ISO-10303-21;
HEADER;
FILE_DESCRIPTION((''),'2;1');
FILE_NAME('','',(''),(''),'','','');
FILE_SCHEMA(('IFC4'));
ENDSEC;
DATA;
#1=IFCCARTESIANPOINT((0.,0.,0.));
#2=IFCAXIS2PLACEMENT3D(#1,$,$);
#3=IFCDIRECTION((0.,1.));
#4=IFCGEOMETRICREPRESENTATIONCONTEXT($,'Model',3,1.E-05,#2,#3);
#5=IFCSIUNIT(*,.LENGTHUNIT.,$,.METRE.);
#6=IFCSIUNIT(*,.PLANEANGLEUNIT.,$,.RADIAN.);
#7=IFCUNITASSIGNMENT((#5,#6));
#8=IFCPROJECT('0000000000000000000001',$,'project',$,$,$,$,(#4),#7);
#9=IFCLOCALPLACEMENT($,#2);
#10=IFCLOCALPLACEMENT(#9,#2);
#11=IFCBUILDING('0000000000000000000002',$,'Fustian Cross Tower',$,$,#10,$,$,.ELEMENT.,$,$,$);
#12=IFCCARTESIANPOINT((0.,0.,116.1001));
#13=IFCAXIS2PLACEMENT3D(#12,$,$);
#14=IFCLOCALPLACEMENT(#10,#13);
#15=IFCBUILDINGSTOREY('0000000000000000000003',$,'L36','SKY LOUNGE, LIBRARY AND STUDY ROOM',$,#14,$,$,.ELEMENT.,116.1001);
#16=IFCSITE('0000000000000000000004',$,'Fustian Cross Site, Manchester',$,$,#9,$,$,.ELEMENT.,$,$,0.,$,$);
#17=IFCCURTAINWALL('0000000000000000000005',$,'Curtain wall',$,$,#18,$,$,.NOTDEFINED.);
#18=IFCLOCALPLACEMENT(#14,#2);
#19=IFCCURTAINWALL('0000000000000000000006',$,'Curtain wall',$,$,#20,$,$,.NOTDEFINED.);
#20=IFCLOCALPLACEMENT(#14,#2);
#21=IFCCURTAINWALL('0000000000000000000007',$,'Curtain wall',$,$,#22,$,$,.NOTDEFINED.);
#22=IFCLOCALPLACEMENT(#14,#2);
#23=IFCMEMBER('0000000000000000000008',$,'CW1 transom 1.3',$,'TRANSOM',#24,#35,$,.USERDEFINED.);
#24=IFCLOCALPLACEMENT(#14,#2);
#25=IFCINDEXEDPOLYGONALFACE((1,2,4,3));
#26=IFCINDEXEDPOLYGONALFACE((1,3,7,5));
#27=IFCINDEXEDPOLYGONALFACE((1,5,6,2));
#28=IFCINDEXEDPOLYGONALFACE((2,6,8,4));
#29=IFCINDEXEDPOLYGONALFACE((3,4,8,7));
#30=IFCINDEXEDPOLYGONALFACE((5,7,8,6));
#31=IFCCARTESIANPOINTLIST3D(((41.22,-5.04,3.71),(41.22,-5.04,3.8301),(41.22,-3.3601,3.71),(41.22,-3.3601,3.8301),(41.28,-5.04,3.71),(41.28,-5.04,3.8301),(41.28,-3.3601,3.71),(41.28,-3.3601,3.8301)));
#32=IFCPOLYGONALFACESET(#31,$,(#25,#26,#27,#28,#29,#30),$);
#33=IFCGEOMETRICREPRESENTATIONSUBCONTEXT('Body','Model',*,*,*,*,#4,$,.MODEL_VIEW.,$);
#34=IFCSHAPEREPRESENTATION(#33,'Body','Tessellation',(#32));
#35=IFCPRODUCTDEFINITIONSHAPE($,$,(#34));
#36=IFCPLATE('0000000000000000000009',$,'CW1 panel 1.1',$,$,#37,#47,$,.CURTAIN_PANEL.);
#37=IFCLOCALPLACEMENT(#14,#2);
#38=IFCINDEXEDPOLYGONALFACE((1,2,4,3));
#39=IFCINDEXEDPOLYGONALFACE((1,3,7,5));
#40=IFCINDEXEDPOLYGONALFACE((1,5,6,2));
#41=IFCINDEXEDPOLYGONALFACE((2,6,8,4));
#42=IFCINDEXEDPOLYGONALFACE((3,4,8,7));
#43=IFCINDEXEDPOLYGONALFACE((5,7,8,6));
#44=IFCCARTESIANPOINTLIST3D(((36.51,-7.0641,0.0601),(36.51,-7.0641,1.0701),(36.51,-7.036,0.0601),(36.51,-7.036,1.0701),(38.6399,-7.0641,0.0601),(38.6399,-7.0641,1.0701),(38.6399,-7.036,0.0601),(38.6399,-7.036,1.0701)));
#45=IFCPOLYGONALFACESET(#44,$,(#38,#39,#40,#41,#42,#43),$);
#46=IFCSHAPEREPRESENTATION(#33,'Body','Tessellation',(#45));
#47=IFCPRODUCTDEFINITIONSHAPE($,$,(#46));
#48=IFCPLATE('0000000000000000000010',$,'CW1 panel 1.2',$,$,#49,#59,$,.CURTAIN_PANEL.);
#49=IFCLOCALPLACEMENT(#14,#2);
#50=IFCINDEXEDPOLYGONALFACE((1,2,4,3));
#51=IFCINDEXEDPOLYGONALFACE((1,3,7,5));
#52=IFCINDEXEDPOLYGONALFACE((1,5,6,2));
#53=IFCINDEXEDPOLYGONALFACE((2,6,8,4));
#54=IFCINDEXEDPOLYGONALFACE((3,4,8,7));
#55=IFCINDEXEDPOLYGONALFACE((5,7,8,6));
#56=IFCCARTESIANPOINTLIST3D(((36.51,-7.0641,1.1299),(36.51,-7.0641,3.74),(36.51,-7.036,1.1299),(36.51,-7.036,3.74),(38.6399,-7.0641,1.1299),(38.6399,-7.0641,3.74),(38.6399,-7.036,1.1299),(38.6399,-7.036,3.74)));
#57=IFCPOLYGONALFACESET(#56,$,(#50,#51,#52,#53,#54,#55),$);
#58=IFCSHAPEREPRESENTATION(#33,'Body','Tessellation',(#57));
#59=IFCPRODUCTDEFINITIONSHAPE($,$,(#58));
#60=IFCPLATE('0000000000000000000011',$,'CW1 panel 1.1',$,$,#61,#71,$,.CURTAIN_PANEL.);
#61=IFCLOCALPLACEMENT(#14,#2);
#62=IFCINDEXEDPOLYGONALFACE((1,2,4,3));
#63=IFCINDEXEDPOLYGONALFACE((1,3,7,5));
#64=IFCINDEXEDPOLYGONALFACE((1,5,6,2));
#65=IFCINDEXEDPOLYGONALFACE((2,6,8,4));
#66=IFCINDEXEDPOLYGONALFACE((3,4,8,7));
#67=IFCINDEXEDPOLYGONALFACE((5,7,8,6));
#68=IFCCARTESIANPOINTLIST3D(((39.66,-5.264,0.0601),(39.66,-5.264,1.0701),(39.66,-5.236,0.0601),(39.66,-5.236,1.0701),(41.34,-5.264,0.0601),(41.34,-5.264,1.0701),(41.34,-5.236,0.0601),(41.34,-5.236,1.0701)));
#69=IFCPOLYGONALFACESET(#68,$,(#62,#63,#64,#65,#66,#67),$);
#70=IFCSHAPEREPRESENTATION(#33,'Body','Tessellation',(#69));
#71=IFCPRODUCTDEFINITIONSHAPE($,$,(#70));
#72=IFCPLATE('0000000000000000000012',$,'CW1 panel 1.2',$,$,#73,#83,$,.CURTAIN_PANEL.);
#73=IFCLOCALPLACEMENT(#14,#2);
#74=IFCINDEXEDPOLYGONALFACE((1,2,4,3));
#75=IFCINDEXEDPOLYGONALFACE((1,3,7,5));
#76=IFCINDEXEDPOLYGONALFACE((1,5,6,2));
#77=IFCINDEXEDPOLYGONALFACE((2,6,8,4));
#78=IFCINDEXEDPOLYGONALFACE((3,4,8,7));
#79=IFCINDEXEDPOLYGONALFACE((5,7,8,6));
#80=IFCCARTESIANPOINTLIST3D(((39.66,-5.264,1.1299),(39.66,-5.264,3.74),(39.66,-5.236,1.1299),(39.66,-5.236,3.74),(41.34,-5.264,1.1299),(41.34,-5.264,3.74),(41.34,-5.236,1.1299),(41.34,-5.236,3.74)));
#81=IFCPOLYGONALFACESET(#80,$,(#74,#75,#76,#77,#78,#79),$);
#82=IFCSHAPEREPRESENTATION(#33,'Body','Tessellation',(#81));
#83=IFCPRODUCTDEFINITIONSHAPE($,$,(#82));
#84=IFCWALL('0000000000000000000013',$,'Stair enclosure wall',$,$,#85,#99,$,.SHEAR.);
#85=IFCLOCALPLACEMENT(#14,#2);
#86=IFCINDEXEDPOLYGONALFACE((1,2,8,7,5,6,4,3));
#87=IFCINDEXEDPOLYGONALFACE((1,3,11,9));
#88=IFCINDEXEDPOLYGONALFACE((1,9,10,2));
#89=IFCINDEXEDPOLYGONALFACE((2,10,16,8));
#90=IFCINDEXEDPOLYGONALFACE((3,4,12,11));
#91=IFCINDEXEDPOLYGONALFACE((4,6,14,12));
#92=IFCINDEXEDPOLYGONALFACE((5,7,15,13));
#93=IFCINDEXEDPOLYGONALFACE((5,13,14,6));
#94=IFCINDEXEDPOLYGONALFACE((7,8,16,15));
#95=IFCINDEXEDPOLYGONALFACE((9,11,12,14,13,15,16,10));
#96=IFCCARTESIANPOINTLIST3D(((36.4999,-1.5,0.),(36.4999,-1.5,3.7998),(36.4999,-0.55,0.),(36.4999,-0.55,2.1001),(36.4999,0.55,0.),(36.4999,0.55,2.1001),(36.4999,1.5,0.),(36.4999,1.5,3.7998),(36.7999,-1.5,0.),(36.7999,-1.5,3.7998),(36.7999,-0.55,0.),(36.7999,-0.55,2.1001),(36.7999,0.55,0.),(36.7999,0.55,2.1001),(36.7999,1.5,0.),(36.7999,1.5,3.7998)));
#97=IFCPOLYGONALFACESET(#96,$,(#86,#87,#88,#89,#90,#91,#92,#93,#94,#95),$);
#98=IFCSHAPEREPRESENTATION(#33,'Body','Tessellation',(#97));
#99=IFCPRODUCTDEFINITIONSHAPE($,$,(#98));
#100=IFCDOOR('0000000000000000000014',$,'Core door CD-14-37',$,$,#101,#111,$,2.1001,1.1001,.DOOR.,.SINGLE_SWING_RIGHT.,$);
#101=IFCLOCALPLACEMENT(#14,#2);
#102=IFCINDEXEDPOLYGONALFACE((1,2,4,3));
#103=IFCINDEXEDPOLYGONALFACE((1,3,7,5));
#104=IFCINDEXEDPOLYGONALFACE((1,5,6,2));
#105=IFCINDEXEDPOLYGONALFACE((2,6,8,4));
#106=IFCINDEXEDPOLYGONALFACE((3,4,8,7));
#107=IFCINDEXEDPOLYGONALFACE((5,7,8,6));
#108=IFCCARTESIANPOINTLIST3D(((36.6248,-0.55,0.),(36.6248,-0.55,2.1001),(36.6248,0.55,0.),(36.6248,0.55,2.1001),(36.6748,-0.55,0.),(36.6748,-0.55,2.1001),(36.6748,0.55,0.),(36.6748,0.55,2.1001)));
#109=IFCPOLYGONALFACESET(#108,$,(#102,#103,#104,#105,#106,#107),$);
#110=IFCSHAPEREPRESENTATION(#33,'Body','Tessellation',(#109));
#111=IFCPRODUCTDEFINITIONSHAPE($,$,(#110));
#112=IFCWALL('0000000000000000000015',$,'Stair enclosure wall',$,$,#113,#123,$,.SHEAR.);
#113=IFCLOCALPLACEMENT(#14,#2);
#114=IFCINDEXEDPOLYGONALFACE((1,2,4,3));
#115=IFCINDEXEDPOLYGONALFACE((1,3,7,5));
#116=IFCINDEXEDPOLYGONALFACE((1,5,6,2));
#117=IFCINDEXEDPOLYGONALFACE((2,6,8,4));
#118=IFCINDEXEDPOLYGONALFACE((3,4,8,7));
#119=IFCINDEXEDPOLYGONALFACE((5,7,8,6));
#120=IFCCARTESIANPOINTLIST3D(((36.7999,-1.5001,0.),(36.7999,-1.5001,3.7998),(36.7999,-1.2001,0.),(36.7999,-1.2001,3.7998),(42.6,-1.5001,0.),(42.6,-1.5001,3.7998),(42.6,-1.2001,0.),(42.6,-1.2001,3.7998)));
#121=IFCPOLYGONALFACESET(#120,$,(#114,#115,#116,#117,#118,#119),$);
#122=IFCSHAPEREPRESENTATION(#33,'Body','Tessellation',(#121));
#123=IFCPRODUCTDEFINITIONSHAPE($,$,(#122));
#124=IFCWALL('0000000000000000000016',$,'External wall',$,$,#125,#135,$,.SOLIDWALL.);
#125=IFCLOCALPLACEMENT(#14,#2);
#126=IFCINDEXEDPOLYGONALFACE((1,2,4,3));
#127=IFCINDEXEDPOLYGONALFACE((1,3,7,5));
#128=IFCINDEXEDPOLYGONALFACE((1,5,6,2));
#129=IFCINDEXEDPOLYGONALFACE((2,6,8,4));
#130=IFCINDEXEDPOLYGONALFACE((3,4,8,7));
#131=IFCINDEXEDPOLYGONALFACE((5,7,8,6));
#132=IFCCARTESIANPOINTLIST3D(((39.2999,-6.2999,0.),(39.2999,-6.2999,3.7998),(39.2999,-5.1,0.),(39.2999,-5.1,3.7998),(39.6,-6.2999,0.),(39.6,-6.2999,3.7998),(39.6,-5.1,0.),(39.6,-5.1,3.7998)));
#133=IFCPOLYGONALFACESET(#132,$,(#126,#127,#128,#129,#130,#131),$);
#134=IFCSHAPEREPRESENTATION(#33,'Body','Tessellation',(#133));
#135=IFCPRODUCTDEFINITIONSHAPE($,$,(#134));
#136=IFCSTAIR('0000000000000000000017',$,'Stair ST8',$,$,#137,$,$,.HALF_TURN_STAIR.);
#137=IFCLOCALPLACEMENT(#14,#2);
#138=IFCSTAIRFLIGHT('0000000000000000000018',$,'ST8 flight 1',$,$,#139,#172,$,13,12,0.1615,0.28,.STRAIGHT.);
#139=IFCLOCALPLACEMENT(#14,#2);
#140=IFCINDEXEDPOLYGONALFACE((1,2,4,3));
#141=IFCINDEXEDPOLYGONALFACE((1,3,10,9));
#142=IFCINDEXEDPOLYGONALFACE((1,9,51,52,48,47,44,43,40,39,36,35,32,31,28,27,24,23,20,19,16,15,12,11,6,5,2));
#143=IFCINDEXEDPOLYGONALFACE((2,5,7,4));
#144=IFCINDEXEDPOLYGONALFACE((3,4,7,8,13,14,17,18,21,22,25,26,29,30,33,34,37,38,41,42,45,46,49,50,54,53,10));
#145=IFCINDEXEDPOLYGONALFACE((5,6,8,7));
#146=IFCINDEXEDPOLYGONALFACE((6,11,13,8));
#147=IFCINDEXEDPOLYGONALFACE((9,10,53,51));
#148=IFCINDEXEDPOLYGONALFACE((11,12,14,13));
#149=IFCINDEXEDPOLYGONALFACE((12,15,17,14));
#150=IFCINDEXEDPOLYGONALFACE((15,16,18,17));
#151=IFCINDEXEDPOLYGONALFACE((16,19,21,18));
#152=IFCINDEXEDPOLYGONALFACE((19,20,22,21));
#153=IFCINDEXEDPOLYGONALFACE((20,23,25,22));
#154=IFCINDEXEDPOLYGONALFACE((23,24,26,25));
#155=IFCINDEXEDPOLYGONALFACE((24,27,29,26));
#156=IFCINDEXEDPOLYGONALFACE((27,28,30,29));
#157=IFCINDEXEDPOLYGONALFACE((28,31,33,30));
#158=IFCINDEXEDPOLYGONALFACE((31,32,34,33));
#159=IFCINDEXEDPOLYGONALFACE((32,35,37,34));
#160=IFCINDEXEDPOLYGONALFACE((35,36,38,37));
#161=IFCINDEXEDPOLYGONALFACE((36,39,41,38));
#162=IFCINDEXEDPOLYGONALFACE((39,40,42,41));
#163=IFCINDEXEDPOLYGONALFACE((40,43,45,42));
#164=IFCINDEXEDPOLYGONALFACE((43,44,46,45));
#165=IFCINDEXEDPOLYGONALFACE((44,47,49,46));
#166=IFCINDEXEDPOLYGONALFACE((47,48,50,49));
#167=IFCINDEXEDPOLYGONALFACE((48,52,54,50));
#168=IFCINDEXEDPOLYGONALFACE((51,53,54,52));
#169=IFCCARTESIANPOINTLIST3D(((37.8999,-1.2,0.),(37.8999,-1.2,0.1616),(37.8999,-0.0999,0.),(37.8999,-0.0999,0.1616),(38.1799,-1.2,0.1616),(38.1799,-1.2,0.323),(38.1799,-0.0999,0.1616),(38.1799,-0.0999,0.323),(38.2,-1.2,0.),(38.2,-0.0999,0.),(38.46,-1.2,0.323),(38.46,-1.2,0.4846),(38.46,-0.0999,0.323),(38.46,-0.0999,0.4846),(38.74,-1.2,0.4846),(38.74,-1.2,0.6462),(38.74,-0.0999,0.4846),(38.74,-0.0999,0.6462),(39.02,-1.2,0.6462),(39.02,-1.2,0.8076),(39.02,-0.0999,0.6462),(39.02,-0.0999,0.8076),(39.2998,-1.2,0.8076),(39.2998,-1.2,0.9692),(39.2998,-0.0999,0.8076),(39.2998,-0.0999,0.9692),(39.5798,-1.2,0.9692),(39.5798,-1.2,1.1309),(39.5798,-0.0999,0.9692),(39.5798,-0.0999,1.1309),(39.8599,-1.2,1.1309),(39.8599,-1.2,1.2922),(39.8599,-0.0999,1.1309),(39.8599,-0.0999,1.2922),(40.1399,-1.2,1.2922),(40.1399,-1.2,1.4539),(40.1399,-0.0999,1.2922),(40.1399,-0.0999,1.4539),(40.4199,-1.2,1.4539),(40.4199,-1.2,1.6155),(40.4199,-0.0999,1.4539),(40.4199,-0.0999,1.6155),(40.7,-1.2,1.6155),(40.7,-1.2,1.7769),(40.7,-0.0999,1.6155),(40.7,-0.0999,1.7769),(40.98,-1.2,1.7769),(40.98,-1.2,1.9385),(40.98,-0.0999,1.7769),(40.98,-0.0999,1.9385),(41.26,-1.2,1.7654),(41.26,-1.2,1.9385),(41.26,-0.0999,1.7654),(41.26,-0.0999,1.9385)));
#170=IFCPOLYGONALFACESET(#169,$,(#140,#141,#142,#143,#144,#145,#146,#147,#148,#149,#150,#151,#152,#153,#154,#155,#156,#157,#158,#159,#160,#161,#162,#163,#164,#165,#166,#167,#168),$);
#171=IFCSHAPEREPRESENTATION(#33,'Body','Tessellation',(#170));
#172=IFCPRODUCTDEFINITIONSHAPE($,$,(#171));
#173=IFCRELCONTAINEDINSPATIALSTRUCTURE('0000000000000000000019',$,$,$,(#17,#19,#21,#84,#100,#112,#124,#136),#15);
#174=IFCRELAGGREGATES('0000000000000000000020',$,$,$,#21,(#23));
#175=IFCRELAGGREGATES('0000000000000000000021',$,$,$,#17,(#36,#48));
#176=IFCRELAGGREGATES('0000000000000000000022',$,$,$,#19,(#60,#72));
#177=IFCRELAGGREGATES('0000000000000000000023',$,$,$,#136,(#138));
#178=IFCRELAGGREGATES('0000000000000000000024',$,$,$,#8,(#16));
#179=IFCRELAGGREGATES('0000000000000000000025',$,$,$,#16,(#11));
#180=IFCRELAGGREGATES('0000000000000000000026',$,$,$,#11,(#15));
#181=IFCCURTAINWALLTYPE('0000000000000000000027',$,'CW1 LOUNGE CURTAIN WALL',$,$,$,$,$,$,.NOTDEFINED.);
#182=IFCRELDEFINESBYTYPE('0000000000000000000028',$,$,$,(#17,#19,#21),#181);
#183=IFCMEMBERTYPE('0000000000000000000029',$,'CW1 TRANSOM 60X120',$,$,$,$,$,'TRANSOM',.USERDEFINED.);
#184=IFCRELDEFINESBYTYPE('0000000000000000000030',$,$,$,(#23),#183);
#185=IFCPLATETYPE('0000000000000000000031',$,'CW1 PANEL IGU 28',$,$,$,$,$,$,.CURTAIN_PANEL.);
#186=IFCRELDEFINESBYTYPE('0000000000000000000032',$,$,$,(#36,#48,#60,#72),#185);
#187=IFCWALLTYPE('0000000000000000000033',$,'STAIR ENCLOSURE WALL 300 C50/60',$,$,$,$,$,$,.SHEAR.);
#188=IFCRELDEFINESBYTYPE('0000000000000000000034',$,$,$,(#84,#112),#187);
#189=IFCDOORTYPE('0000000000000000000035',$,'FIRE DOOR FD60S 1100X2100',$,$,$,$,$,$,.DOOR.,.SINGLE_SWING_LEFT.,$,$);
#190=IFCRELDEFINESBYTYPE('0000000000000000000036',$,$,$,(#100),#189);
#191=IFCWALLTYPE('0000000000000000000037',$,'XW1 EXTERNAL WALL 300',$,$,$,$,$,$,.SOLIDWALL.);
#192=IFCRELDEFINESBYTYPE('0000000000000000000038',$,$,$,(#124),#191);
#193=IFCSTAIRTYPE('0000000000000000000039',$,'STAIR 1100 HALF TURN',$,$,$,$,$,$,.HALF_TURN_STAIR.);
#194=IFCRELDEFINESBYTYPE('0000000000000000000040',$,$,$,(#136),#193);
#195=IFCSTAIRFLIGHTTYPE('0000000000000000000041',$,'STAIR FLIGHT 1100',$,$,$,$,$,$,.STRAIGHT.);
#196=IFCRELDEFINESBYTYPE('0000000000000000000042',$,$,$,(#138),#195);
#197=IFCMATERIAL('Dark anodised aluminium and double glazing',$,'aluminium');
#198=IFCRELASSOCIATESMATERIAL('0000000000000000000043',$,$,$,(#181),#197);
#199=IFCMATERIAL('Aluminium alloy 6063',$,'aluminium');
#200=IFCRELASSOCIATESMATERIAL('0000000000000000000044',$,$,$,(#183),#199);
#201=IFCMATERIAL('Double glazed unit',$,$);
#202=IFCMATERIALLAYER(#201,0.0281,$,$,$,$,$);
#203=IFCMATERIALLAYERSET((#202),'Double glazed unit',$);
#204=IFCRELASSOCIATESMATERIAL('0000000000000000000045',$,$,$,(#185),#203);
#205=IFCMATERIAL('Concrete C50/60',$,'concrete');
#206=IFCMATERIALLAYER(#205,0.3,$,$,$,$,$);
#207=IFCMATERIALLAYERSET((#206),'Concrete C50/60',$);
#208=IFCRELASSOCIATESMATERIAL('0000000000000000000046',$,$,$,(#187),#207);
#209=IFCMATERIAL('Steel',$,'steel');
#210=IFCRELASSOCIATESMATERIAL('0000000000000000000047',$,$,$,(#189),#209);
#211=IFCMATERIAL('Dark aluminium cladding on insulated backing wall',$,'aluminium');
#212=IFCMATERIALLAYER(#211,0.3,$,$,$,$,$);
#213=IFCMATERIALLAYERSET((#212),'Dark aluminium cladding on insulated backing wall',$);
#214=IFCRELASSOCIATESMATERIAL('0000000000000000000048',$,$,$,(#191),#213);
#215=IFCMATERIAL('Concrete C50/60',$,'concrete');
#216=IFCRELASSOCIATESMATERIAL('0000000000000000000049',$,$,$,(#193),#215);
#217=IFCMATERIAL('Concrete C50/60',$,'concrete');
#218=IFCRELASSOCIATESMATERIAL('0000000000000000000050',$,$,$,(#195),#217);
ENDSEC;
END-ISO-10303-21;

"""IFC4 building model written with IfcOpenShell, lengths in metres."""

from ifc_helpers import new_model, si_unit, direction, frame, frame_2d, origin, origin_2d, place, context, subcontext, project, spatial, polyline, rectangle, outline, extrude, material, layer, layer_set, material_profile, profile_set, type_object, element, fill, aggregate, save


model = new_model("IFC4")

# Units and contexts
model_context = context("Model", 3, precision=1e-05, world=origin(), true_north=direction((0.0, 1.0)))
body_context = subcontext(model_context, "Body", "Model", "MODEL_VIEW")
ifc_project = project(units=[si_unit("LENGTHUNIT", "METRE"), si_unit("PLANEANGLEUNIT", "RADIAN")], contexts=[model_context])

# Site, building, storey
site_placement = place(None, origin())
site = spatial("IfcSite", under=ifc_project, at=site_placement, Name="Fustian Cross Site, Manchester", CompositionType="ELEMENT", RefElevation=0.0)
building_placement = place(site_placement, origin())
building = spatial("IfcBuilding", under=site, at=building_placement, Name="Fustian Cross Tower", CompositionType="ELEMENT")
storey_placement = place(building_placement, frame((0.0, 0.0, 116.1001)))
storey = spatial("IfcBuildingStorey", under=building, at=storey_placement, Name="L36", Description="SKY LOUNGE, LIBRARY AND STUDY ROOM", CompositionType="ELEMENT", Elevation=116.1001)

# Curtain wall
ifc_material_1 = material(Name="Dark anodised aluminium and double glazing", Category="aluminium")
curtain_wall_type = type_object("IfcCurtainWallType", Name="CW1 LOUNGE CURTAIN WALL", PredefinedType="NOTDEFINED", material=ifc_material_1)
curtain_wall_1_placement = place(storey_placement, origin())
curtain_wall_1 = element("IfcCurtainWall", 1, at=curtain_wall_1_placement, inside=storey, type_object=curtain_wall_type, Name="Curtain wall", PredefinedType="NOTDEFINED")

# Curtain walls
curtain_wall_2_placement = place(storey_placement, origin())
curtain_wall_2 = element("IfcCurtainWall", 2, at=curtain_wall_2_placement, inside=storey, type_object=curtain_wall_type, Name="Curtain wall", PredefinedType="NOTDEFINED")
curtain_wall_3_placement = place(storey_placement, origin())
curtain_wall_3 = element("IfcCurtainWall", 3, at=curtain_wall_3_placement, inside=storey, type_object=curtain_wall_type, Name="Curtain wall", PredefinedType="NOTDEFINED")

# Member
ifc_material_2 = material(Name="Aluminium alloy 6063", Category="aluminium")
ifc_material_profile_1 = material_profile(ifc_material_2, rectangle(XDim=0.0601, YDim=0.1201, at=origin_2d()), Name="CW1 TRANSOM 60X120")
ifc_profile_set_1 = profile_set([ifc_material_profile_1], Name="Aluminium alloy 6063")
member_type_1 = type_object("IfcMemberType", Name="CW1 TRANSOM 60X120", ElementType="TRANSOM", PredefinedType="USERDEFINED", material=ifc_profile_set_1)
member_1_placement = place(storey_placement, frame((41.25, -5.04, 3.77), z_axis=(0.0, 1.0, 0.0), x_axis=(-1.0, 0.0, 0.0)))
member_1 = element("IfcMember", 4, at=member_1_placement, type_object=member_type_1, Name="CW1 transom 1.3", ObjectType="TRANSOM", PredefinedType="USERDEFINED", context=body_context, shape_type="SweptSolid", body=[
    extrude(rectangle(XDim=0.0601, YDim=0.1201, at=origin_2d()), origin(), (0.0, 0.0, 1.0), 1.6799),
])
aggregate(curtain_wall_3, [member_1])

# Plates
ifc_material_3 = material(Name="Double glazed unit")
ifc_layer_1 = layer(ifc_material_3, 0.0281)
ifc_layer_set_1 = layer_set([ifc_layer_1], Name="Double glazed unit")
plate_type = type_object("IfcPlateType", Name="CW1 PANEL IGU 28", PredefinedType="CURTAIN_PANEL", material=ifc_layer_set_1)
plate_1_placement = place(storey_placement, frame((37.575, -7.05, 0.0601), z_axis=(0.0, 0.0, 1.0), x_axis=(1.0, 0.0, 0.0)))
plate_1 = element("IfcPlate", 5, at=plate_1_placement, type_object=plate_type, Name="CW1 panel 1.1", PredefinedType="CURTAIN_PANEL", context=body_context, shape_type="SweptSolid", body=[
    extrude(rectangle(XDim=2.1299, YDim=0.0281, at=origin_2d()), origin(), (0.0, 0.0, 1.0), 1.01),
])
plate_2_placement = place(storey_placement, frame((37.575, -7.05, 1.1299), z_axis=(0.0, 0.0, 1.0), x_axis=(1.0, 0.0, 0.0)))
plate_2 = element("IfcPlate", 6, at=plate_2_placement, type_object=plate_type, Name="CW1 panel 1.2", PredefinedType="CURTAIN_PANEL", context=body_context, shape_type="SweptSolid", body=[
    extrude(rectangle(XDim=2.1299, YDim=0.0281, at=origin_2d()), origin(), (0.0, 0.0, 1.0), 2.6101),
])
aggregate(curtain_wall_1, [plate_1, plate_2])
plate_3_placement = place(storey_placement, frame((40.5, -5.25, 0.0601), z_axis=(0.0, 0.0, 1.0), x_axis=(1.0, 0.0, 0.0)))
plate_3 = element("IfcPlate", 7, at=plate_3_placement, type_object=plate_type, Name="CW1 panel 1.1", PredefinedType="CURTAIN_PANEL", context=body_context, shape_type="SweptSolid", body=[
    extrude(rectangle(XDim=1.6799, YDim=0.0281, at=origin_2d()), origin(), (0.0, 0.0, 1.0), 1.01),
])
plate_4_placement = place(storey_placement, frame((40.5, -5.25, 1.1299), z_axis=(0.0, 0.0, 1.0), x_axis=(1.0, 0.0, 0.0)))
plate_4 = element("IfcPlate", 8, at=plate_4_placement, type_object=plate_type, Name="CW1 panel 1.2", PredefinedType="CURTAIN_PANEL", context=body_context, shape_type="SweptSolid", body=[
    extrude(rectangle(XDim=1.6799, YDim=0.0281, at=origin_2d()), origin(), (0.0, 0.0, 1.0), 2.6101),
])
aggregate(curtain_wall_2, [plate_3, plate_4])

# Wall, opening, door
ifc_material_4 = material(Name="Concrete C50/60", Category="concrete")
ifc_layer_2 = layer(ifc_material_4, 0.3)
ifc_layer_set_2 = layer_set([ifc_layer_2], Name="Concrete C50/60")
wall_type_1 = type_object("IfcWallType", Name="STAIR ENCLOSURE WALL 300 C50/60", PredefinedType="SHEAR", material=ifc_layer_set_2)
wall_1_placement = place(storey_placement, frame((36.6499, -1.5, 0.0), z_axis=(0.0, 0.0, 1.0), x_axis=(0.0, 1.0, 0.0)))
wall_1 = element("IfcWall", 9, at=wall_1_placement, inside=storey, type_object=wall_type_1, Name="Stair enclosure wall", PredefinedType="SHEAR", context=body_context, shape_type="SweptSolid", body=[
    extrude(rectangle(XDim=3.0, YDim=0.3, at=frame_2d((1.5, 0.0))), origin(), (0.0, 0.0, 1.0), 3.7998),
])
opening_placement = place(wall_1_placement, frame((0.95, 0.0, 0.0)))
opening = element("IfcOpeningElement", 10, at=opening_placement, cuts=wall_1, PredefinedType="OPENING", context=body_context, shape_type="SweptSolid", body=[
    extrude(rectangle(XDim=1.1001, YDim=2.1001, at=frame_2d((0.55, 1.05))), frame((0.0, 0.1599, 0.0), z_axis=(0.0, -1.0, 0.0), x_axis=(1.0, 0.0, 0.0)), (0.0, 0.0, 1.0), 0.3201),
])
ifc_material_5 = material(Name="Steel", Category="steel")
door_type = type_object("IfcDoorType", Name="FIRE DOOR FD60S 1100X2100", OperationType="SINGLE_SWING_LEFT", PredefinedType="DOOR", material=ifc_material_5)
door_placement = place(opening_placement, frame((1.1001, 0.0, 0.0), z_axis=(0.0, 0.0, 1.0), x_axis=(-1.0, 0.0, 0.0)))
door = element("IfcDoor", 11, at=door_placement, inside=storey, type_object=door_type, Name="Core door CD-14-37", OperationType="SINGLE_SWING_RIGHT", OverallHeight=2.1001, OverallWidth=1.1001, PredefinedType="DOOR", context=body_context, shape_type="SweptSolid", body=[
    extrude(rectangle(XDim=1.1001, YDim=2.1001, at=frame_2d((0.55, 1.05))), frame((0.0, 0.0249, 0.0), z_axis=(0.0, -1.0, 0.0), x_axis=(1.0, 0.0, 0.0)), (0.0, 0.0, 1.0), 0.05),
])
fill(opening, door)

# Walls
wall_2_placement = place(storey_placement, frame((36.8, -1.3501, 0.0), z_axis=(0.0, 0.0, 1.0), x_axis=(1.0, 0.0, 0.0)))
element("IfcWall", 12, at=wall_2_placement, inside=storey, type_object=wall_type_1, Name="Stair enclosure wall", PredefinedType="SHEAR", context=body_context, shape_type="SweptSolid", body=[
    extrude(rectangle(XDim=5.8, YDim=0.3, at=frame_2d((2.8999, 0.0))), origin(), (0.0, 0.0, 1.0), 3.7998),
])
ifc_material_6 = material(Name="Dark aluminium cladding on insulated backing wall", Category="aluminium")
ifc_layer_3 = layer(ifc_material_6, 0.3)
ifc_layer_set_3 = layer_set([ifc_layer_3], Name="Dark aluminium cladding on insulated backing wall")
wall_type_2 = type_object("IfcWallType", Name="XW1 EXTERNAL WALL 300", PredefinedType="SOLIDWALL", material=ifc_layer_set_3)
wall_3_placement = place(storey_placement, frame((39.45, -6.3, 0.0), z_axis=(0.0, 0.0, 1.0), x_axis=(0.0, 1.0, 0.0)))
element("IfcWall", 13, at=wall_3_placement, inside=storey, type_object=wall_type_2, Name="External wall", PredefinedType="SOLIDWALL", context=body_context, shape_type="SweptSolid", body=[
    extrude(rectangle(XDim=1.2, YDim=0.3, at=frame_2d((0.6001, 0.0))), origin(), (0.0, 0.0, 1.0), 3.7998),
])

# Stair, stair flight
ifc_material_7 = material(Name="Concrete C50/60", Category="concrete")
stair_type = type_object("IfcStairType", Name="STAIR 1100 HALF TURN", PredefinedType="HALF_TURN_STAIR", material=ifc_material_7)
stair_placement = place(storey_placement, origin())
stair = element("IfcStair", 14, at=stair_placement, inside=storey, type_object=stair_type, Name="Stair ST8", PredefinedType="HALF_TURN_STAIR")
ifc_material_8 = material(Name="Concrete C50/60", Category="concrete")
stair_flight_type = type_object("IfcStairFlightType", Name="STAIR FLIGHT 1100", PredefinedType="STRAIGHT", material=ifc_material_8)
stair_flight_placement = place(storey_placement, frame((37.8999, -0.6499, 0.0), z_axis=(0.0, 0.0, 1.0), x_axis=(1.0, 0.0, 0.0)))
stair_flight = element("IfcStairFlight", 15, at=stair_flight_placement, type_object=stair_flight_type, Name="ST8 flight 1", NumberOfRisers=13, NumberOfTreads=12, PredefinedType="STRAIGHT", RiserHeight=0.1615, TreadLength=0.28, context=body_context, shape_type="SweptSolid", body=[
    extrude(outline(polyline([(0.0, 0.0), (0.0, 0.1616), (0.28, 0.1616), (0.28, 0.323), (0.5601, 0.323), (0.5601, 0.4846), (0.8401, 0.4846), (0.8401, 0.6462), (1.1201, 0.6462), (1.1201, 0.8076), (1.3999, 0.8076), (1.3999, 0.9692), (1.6799, 0.9692), (1.6799, 1.1309), (1.96, 1.1309), (1.96, 1.2922), (2.24, 1.2922), (2.24, 1.4539), (2.52, 1.4539), (2.52, 1.6155), (2.8, 1.6155), (2.8, 1.7769), (3.0801, 1.7769), (3.0801, 1.9385), (3.3601, 1.9385), (3.3601, 2.1001), (3.3601, 1.7654), (0.3, 0.0), (0.0, 0.0)])), frame((0.0, 0.55, 0.0), z_axis=(0.0, -1.0, 0.0), x_axis=(1.0, 0.0, 0.0)), (0.0, 0.0, 1.0), 1.1001),
])
aggregate(stair, [stair_flight])

save(model, "model.ifc")
